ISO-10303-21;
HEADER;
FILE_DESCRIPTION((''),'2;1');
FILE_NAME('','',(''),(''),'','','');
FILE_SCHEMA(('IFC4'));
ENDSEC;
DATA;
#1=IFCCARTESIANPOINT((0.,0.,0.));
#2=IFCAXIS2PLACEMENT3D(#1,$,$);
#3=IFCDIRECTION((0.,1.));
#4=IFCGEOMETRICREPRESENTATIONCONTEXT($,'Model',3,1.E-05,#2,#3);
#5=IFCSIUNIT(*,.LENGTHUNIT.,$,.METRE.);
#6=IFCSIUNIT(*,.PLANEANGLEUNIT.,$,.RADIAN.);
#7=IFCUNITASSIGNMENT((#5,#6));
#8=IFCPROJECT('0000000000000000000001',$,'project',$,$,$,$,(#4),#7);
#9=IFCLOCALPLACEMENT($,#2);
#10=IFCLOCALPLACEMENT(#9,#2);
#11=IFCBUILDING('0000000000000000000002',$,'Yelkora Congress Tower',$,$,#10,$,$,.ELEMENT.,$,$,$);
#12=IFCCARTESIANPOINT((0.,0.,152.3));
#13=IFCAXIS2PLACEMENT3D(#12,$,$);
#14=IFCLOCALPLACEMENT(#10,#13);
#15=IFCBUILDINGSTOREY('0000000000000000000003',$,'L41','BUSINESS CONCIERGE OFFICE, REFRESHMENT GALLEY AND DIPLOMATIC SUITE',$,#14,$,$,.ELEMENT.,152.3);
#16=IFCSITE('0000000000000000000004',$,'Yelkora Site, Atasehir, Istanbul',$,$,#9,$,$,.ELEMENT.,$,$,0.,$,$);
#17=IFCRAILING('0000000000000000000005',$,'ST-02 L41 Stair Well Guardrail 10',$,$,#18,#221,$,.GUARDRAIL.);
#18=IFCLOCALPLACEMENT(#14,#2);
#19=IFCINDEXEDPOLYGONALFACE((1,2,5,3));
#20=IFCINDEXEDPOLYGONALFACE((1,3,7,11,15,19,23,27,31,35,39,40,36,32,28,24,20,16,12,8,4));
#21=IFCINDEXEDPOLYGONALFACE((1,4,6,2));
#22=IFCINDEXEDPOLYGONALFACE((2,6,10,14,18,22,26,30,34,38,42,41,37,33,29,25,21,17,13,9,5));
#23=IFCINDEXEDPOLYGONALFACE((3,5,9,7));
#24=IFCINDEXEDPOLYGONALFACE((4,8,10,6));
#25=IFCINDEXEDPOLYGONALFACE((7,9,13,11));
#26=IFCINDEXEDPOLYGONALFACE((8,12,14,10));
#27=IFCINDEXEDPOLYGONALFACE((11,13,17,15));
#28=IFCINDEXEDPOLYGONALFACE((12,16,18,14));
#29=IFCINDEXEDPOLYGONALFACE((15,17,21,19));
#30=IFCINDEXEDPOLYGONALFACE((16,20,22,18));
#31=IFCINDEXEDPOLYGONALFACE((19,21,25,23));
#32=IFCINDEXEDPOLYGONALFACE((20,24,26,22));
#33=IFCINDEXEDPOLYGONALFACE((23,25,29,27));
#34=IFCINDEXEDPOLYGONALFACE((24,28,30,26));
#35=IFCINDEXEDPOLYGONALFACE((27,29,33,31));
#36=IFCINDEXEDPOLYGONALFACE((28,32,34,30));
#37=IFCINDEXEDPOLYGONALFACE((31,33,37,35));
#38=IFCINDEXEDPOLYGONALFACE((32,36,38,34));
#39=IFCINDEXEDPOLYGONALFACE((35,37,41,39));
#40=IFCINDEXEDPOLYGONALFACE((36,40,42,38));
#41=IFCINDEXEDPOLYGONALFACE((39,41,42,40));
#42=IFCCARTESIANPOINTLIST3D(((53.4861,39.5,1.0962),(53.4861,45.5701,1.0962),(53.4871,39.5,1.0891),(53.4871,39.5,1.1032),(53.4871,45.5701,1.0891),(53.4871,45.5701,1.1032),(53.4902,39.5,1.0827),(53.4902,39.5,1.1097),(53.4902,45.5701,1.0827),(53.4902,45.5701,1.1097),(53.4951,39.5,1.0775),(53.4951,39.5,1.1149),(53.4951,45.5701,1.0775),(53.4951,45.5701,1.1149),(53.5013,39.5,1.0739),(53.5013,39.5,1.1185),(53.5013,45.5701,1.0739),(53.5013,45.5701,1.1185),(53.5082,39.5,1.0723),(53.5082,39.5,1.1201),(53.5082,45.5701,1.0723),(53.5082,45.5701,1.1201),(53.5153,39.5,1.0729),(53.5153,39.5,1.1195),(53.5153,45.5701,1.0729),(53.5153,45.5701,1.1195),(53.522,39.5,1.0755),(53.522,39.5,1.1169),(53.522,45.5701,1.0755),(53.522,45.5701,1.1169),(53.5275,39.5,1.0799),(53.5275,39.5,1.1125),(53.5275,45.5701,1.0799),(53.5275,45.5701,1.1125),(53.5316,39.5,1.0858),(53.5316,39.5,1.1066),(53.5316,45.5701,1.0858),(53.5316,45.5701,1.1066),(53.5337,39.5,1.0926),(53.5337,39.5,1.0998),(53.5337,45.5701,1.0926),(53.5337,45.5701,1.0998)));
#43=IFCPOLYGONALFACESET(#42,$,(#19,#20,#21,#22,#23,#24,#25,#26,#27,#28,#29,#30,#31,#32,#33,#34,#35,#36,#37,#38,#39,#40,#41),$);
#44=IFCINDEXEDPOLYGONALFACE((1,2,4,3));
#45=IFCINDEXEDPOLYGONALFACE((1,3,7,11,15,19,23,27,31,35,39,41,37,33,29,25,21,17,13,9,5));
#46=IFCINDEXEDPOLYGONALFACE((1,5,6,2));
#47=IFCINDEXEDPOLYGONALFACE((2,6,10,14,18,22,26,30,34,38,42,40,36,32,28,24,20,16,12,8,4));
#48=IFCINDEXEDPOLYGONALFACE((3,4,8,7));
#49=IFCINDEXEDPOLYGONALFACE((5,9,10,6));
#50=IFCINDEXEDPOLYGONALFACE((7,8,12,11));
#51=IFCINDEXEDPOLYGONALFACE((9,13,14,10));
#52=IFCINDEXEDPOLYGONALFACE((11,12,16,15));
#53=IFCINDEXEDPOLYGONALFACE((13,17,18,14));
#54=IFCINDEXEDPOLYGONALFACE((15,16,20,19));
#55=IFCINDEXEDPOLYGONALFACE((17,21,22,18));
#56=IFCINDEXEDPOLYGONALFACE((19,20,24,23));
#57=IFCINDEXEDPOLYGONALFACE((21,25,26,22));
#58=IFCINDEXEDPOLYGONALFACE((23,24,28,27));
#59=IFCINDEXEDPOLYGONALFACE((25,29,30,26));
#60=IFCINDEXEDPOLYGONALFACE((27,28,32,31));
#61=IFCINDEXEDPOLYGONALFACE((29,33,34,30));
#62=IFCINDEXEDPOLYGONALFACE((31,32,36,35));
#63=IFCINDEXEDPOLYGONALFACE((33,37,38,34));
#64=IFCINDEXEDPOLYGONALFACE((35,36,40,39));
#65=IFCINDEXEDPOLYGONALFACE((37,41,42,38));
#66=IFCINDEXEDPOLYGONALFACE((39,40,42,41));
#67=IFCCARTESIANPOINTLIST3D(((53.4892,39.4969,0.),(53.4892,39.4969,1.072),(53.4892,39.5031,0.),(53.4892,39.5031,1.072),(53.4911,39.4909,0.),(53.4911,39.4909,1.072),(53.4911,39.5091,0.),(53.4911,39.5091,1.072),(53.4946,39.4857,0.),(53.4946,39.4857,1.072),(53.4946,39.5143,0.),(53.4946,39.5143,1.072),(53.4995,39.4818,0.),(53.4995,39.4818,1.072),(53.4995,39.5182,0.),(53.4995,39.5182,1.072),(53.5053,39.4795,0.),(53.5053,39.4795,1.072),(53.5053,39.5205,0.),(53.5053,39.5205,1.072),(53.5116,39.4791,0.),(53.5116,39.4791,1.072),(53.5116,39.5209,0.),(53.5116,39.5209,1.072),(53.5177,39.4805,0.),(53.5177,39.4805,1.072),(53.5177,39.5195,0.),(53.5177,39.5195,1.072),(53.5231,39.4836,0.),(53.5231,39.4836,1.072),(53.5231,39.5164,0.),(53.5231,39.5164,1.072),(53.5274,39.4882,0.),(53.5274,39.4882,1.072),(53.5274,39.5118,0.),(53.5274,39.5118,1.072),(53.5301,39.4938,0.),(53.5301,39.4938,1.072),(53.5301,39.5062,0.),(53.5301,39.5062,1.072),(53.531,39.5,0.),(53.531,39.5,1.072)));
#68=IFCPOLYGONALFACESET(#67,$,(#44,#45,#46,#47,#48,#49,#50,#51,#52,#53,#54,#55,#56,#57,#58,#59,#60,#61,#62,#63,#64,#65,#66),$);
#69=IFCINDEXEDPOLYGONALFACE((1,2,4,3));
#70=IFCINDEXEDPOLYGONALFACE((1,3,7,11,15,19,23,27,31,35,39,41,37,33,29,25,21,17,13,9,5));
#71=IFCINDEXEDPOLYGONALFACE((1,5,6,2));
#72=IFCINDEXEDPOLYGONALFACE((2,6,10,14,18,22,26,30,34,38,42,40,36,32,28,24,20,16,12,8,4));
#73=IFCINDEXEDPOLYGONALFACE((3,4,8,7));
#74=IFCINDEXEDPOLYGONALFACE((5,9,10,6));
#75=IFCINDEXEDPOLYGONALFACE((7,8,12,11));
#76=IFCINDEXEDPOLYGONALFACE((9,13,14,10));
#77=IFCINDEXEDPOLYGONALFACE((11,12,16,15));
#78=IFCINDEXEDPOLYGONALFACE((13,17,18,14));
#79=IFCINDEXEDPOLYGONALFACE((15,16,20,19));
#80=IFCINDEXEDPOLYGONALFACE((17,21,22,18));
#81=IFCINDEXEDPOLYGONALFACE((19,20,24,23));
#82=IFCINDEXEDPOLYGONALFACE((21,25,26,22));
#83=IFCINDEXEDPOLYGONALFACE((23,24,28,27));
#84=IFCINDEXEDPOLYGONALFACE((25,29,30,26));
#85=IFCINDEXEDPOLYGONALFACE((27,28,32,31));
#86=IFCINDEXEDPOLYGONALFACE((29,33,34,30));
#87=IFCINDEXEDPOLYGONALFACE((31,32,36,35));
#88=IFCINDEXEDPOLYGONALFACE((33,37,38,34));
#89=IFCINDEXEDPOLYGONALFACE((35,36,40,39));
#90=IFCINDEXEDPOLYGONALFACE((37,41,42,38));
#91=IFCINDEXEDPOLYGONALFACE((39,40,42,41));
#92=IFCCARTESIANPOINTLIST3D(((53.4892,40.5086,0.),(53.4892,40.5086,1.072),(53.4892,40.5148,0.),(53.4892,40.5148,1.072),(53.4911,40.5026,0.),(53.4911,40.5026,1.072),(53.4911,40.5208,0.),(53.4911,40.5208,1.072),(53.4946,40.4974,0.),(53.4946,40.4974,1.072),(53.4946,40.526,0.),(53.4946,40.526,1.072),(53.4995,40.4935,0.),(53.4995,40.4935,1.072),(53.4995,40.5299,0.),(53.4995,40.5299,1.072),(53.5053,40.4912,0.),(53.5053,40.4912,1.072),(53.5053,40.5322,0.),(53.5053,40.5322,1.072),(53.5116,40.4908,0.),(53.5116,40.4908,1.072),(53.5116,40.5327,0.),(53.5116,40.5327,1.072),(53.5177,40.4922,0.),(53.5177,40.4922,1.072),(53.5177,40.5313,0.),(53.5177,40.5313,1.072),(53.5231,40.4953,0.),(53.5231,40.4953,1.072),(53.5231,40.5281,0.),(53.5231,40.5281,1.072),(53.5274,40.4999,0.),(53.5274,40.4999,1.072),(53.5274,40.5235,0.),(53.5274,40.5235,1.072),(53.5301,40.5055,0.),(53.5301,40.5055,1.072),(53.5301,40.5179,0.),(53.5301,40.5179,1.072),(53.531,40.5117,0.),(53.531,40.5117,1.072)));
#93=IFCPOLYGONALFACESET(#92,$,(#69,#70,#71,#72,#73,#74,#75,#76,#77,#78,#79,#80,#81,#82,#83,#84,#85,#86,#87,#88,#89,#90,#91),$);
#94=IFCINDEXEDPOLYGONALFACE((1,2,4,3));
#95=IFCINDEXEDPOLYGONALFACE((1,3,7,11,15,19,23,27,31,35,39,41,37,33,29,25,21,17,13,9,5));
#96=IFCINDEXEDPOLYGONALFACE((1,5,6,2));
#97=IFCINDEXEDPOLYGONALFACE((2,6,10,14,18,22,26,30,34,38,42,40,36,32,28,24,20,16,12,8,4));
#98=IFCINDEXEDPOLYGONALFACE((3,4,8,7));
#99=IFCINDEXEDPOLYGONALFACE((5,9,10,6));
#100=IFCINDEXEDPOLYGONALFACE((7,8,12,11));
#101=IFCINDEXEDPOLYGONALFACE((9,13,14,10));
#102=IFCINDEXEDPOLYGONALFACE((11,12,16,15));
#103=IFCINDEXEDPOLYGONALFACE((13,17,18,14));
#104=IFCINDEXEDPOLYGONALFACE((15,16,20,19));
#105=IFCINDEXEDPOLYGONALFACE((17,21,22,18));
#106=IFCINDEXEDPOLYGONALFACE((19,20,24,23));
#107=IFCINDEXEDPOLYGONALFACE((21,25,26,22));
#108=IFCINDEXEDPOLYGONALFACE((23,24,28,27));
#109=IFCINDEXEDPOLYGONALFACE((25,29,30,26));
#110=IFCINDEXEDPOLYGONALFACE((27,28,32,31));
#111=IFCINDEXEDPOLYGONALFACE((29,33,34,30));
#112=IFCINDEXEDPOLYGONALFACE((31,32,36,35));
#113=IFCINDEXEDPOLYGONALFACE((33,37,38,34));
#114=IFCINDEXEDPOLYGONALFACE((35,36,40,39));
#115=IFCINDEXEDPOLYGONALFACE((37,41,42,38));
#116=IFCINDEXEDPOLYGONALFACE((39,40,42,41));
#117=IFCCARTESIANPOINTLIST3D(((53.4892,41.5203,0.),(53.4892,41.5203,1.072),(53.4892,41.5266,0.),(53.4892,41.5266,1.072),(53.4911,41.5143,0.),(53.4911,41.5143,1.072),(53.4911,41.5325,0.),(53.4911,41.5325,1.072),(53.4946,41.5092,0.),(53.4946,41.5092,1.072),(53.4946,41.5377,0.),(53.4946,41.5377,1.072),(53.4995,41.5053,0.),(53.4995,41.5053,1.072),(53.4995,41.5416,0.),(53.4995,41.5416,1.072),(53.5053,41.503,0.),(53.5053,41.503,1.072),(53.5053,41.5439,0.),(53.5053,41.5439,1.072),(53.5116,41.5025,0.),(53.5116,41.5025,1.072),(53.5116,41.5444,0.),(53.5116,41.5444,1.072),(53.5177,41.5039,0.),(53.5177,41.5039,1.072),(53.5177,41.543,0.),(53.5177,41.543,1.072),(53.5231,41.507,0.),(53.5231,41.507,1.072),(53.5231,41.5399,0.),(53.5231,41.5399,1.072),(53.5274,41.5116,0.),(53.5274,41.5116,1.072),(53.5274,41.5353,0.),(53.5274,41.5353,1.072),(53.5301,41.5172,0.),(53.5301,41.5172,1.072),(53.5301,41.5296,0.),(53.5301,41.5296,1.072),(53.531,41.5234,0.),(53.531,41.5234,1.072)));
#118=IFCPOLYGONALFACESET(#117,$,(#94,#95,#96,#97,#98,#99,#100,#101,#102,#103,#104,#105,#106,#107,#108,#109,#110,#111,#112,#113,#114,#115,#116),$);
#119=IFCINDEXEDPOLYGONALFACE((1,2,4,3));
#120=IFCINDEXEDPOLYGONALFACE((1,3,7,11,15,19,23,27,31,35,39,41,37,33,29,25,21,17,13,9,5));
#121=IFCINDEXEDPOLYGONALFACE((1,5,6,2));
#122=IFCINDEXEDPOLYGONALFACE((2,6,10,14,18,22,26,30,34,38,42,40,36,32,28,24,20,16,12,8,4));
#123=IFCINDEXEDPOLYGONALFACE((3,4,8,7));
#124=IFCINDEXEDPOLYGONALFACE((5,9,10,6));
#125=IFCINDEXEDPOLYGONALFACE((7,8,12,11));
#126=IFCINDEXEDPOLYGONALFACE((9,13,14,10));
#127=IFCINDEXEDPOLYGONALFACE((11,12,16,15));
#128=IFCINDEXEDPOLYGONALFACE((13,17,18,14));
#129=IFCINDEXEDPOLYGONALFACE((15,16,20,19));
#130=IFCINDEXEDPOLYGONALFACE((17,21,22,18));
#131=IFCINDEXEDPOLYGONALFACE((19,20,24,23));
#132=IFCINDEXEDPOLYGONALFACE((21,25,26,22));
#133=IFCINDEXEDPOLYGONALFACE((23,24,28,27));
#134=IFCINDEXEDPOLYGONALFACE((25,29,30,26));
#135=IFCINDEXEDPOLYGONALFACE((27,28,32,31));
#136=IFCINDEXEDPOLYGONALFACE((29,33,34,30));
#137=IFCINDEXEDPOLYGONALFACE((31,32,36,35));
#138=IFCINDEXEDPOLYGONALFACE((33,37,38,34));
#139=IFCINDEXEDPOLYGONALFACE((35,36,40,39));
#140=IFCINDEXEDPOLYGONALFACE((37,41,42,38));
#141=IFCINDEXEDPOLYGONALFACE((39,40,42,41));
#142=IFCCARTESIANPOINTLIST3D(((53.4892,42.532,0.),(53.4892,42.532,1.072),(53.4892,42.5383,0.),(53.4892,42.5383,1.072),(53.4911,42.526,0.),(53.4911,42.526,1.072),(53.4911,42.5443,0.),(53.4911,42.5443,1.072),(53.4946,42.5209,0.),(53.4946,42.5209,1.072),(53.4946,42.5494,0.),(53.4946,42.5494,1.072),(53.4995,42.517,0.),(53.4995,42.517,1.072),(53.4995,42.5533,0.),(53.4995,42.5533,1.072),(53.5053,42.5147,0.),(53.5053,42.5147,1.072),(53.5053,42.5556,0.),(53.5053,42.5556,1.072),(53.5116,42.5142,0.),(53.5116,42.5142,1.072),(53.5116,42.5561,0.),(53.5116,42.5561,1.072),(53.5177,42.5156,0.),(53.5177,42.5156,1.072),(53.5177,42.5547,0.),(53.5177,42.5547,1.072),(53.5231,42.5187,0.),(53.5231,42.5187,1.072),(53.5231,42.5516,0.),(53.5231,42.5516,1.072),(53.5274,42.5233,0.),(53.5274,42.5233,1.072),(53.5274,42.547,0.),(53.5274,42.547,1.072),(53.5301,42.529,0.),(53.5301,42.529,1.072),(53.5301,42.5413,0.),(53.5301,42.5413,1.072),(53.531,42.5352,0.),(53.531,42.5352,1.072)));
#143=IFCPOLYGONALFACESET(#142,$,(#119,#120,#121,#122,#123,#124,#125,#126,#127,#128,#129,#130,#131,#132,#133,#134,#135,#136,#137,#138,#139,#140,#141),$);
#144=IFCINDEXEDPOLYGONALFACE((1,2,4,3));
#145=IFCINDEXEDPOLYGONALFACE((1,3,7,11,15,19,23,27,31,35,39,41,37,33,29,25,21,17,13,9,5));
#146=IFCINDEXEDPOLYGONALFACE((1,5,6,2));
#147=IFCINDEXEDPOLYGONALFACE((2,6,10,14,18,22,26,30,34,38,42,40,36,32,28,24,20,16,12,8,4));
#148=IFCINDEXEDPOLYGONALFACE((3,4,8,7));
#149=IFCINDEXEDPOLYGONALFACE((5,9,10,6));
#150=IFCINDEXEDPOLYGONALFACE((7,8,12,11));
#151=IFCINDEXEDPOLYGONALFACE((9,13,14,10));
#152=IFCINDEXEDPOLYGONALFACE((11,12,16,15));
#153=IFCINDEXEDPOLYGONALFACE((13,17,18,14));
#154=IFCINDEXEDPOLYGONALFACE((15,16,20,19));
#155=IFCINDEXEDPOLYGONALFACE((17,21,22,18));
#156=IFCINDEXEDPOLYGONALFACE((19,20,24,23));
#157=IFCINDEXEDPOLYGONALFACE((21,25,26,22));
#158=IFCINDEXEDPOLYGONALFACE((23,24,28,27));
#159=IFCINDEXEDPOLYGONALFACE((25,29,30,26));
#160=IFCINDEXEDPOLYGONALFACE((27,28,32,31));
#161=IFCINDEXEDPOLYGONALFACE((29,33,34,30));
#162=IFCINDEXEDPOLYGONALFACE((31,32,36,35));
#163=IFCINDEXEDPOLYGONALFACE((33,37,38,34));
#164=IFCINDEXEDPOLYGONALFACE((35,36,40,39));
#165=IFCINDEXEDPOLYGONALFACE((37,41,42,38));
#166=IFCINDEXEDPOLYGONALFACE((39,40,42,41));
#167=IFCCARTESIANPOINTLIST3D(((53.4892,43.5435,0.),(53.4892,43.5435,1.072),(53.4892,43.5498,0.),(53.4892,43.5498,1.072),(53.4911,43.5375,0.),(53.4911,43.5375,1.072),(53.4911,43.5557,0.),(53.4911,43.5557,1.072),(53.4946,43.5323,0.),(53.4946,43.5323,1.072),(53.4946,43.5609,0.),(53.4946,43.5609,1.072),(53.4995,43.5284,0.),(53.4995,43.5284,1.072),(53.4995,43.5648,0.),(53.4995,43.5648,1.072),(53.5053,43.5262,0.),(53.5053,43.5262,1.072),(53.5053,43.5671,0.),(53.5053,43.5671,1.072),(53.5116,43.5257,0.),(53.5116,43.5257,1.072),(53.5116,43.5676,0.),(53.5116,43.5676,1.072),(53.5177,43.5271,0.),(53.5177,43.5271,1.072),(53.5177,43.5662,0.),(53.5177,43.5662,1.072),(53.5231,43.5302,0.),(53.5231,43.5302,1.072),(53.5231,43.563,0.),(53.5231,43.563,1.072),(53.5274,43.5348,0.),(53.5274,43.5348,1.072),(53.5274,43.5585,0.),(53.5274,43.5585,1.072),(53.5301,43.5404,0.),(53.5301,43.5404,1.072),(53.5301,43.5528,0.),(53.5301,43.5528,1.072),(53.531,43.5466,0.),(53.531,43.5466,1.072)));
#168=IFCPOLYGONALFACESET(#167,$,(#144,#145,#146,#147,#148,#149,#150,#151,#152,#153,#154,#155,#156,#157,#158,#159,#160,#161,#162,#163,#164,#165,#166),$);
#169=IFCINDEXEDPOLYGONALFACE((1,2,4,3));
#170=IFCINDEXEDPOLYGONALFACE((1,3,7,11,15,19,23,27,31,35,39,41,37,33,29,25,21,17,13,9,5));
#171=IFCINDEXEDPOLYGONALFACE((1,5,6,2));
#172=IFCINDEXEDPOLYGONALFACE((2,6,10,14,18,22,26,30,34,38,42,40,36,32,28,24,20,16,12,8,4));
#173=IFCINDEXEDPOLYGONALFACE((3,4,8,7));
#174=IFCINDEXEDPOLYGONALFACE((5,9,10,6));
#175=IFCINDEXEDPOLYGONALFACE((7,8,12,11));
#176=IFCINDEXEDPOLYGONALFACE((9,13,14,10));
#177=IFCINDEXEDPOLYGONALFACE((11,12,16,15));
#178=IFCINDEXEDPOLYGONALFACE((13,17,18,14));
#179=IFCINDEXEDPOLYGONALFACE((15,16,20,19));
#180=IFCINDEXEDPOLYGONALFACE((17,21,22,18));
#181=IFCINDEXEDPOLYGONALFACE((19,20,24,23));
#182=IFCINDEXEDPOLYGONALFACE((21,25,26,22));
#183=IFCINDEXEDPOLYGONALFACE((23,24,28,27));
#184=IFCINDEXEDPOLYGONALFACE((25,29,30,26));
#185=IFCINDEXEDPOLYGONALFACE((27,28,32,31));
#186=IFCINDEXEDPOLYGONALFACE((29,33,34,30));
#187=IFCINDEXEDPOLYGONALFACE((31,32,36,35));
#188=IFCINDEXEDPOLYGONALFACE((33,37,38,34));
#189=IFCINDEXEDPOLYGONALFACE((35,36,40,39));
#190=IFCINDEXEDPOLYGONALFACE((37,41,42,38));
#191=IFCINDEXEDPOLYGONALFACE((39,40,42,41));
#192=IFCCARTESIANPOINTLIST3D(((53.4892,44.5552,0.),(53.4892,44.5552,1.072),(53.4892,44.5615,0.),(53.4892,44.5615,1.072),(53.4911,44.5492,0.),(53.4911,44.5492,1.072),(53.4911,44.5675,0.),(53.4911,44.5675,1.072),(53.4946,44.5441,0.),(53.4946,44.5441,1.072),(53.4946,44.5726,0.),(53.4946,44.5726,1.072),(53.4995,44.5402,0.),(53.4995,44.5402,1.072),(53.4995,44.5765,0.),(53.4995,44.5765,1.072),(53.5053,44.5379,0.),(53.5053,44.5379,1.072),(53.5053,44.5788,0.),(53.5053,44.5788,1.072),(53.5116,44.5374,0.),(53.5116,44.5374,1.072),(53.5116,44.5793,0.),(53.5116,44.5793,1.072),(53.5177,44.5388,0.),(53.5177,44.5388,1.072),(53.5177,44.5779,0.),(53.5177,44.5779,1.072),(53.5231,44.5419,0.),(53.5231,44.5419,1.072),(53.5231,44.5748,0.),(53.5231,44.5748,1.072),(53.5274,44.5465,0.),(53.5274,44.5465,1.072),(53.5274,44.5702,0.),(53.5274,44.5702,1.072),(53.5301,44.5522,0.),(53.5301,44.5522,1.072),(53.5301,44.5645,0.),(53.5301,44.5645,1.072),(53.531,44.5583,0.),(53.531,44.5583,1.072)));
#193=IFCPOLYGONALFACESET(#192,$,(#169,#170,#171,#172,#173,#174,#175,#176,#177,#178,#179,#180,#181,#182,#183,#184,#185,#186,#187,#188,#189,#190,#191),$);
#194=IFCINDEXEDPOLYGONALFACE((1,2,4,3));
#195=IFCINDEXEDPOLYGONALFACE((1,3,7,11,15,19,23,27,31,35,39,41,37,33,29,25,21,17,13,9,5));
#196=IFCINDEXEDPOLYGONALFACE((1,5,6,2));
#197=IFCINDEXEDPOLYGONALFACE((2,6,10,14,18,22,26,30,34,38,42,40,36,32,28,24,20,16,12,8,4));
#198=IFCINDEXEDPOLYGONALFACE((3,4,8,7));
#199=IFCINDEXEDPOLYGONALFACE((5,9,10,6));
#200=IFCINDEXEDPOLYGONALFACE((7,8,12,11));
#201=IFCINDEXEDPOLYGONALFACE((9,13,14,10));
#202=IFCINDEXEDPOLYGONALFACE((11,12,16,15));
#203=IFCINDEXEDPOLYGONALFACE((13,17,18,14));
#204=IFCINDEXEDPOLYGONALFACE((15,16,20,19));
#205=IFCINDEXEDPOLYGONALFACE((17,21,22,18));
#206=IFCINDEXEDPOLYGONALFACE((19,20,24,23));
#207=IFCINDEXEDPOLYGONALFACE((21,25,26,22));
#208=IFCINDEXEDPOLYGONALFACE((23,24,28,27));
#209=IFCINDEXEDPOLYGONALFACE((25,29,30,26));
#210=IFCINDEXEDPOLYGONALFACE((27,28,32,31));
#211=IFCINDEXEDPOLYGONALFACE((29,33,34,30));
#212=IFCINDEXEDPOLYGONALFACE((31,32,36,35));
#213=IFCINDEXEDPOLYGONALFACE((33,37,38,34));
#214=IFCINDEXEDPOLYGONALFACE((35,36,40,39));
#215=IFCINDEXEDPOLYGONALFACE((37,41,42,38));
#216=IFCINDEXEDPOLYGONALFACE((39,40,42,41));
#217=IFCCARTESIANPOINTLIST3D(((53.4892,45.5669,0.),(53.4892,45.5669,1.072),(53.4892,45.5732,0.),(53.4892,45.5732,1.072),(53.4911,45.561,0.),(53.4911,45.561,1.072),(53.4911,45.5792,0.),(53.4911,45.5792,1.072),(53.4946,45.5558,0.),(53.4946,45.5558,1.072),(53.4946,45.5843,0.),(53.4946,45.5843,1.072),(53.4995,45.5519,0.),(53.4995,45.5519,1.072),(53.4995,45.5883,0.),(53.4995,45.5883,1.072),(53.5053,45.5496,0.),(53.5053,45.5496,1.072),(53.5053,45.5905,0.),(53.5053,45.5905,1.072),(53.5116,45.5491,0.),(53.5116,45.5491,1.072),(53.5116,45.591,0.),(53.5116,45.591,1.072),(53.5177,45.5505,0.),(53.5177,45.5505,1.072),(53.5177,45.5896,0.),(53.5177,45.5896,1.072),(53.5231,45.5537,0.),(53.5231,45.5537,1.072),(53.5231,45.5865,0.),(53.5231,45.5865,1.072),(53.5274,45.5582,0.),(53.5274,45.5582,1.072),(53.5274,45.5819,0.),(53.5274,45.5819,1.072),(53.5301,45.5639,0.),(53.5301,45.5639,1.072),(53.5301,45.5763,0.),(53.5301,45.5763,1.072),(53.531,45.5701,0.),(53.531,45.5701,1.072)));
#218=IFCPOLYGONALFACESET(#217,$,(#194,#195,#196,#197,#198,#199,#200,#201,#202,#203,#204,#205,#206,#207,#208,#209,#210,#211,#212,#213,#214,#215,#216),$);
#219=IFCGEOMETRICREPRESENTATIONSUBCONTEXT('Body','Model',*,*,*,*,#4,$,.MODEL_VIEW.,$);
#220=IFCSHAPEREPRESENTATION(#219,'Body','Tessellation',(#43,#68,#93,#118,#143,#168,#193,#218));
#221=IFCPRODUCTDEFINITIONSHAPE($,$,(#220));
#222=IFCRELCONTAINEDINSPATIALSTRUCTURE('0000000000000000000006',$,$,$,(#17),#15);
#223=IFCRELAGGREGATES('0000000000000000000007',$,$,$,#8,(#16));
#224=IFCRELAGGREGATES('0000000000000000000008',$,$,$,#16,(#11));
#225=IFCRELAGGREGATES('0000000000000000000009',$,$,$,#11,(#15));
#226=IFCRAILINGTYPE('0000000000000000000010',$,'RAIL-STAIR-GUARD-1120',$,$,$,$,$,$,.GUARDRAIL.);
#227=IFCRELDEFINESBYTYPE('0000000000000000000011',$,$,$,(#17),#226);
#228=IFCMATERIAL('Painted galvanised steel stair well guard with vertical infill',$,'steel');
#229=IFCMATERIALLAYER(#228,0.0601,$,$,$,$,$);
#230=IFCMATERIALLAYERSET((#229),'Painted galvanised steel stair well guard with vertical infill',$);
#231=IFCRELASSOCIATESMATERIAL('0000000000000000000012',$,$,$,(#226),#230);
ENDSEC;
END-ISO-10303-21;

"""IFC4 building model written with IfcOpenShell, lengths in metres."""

from ifc_helpers import new_model, si_unit, direction, frame, origin, origin_2d, place, context, subcontext, project, spatial, circle, extrude, material, layer, layer_set, type_object, element, save


model = new_model("IFC4")

# Units and contexts
model_context = context("Model", 3, precision=1e-05, world=origin(), true_north=direction((0.0, 1.0)))
body_context = subcontext(model_context, "Body", "Model", "MODEL_VIEW")
ifc_project = project(units=[si_unit("LENGTHUNIT", "METRE"), si_unit("PLANEANGLEUNIT", "RADIAN")], contexts=[model_context])

# Site, building, storey
site_placement = place(None, origin())
site = spatial("IfcSite", under=ifc_project, at=site_placement, Name="Yelkora Site, Atasehir, Istanbul", CompositionType="ELEMENT", RefElevation=0.0)
building_placement = place(site_placement, origin())
building = spatial("IfcBuilding", under=site, at=building_placement, Name="Yelkora Congress Tower", CompositionType="ELEMENT")
storey_placement = place(building_placement, frame((0.0, 0.0, 152.3)))
storey = spatial("IfcBuildingStorey", under=building, at=storey_placement, Name="L41", Description="BUSINESS CONCIERGE OFFICE, REFRESHMENT GALLEY AND DIPLOMATIC SUITE", CompositionType="ELEMENT", Elevation=152.3)

# Railing
ifc_material_1 = material(Name="Painted galvanised steel stair well guard with vertical infill", Category="steel")
ifc_layer_1 = layer(ifc_material_1, 0.0601)
ifc_layer_set_1 = layer_set([ifc_layer_1], Name="Painted galvanised steel stair well guard with vertical infill")
railing_type_1 = type_object("IfcRailingType", Name="RAIL-STAIR-GUARD-1120", PredefinedType="GUARDRAIL", material=ifc_layer_set_1)
railing_1_placement = place(storey_placement, frame((53.51, 39.5, 0.0)))
element("IfcRailing", 1, at=railing_1_placement, inside=storey, type_object=railing_type_1, Name="ST-02 L41 Stair Well Guardrail 10", PredefinedType="GUARDRAIL", context=body_context, shape_type="SweptSolid", body=[
    extrude(circle(Radius=0.0239, at=origin_2d()), frame((0.0, 0.0, 1.0962), z_axis=(0.0, 1.0, 0.0), x_axis=(-1.0, 0.0, 0.0)), (0.0, 0.0, 1.0), 6.0701),
    extrude(circle(Radius=0.021, at=origin_2d()), origin(), (0.0, 0.0, 1.0), 1.072),
    extrude(circle(Radius=0.021, at=origin_2d()), frame((0.0, 1.0117, 0.0)), (0.0, 0.0, 1.0), 1.072),
    extrude(circle(Radius=0.021, at=origin_2d()), frame((0.0, 2.0234, 0.0)), (0.0, 0.0, 1.0), 1.072),
    extrude(circle(Radius=0.021, at=origin_2d()), frame((0.0, 3.0352, 0.0)), (0.0, 0.0, 1.0), 1.072),
    extrude(circle(Radius=0.021, at=origin_2d()), frame((0.0, 4.0466, 0.0)), (0.0, 0.0, 1.0), 1.072),
    extrude(circle(Radius=0.021, at=origin_2d()), frame((0.0, 5.0583, 0.0)), (0.0, 0.0, 1.0), 1.072),
    extrude(circle(Radius=0.021, at=origin_2d()), frame((0.0, 6.0701, 0.0)), (0.0, 0.0, 1.0), 1.072),
])

save(model, "model.ifc")
